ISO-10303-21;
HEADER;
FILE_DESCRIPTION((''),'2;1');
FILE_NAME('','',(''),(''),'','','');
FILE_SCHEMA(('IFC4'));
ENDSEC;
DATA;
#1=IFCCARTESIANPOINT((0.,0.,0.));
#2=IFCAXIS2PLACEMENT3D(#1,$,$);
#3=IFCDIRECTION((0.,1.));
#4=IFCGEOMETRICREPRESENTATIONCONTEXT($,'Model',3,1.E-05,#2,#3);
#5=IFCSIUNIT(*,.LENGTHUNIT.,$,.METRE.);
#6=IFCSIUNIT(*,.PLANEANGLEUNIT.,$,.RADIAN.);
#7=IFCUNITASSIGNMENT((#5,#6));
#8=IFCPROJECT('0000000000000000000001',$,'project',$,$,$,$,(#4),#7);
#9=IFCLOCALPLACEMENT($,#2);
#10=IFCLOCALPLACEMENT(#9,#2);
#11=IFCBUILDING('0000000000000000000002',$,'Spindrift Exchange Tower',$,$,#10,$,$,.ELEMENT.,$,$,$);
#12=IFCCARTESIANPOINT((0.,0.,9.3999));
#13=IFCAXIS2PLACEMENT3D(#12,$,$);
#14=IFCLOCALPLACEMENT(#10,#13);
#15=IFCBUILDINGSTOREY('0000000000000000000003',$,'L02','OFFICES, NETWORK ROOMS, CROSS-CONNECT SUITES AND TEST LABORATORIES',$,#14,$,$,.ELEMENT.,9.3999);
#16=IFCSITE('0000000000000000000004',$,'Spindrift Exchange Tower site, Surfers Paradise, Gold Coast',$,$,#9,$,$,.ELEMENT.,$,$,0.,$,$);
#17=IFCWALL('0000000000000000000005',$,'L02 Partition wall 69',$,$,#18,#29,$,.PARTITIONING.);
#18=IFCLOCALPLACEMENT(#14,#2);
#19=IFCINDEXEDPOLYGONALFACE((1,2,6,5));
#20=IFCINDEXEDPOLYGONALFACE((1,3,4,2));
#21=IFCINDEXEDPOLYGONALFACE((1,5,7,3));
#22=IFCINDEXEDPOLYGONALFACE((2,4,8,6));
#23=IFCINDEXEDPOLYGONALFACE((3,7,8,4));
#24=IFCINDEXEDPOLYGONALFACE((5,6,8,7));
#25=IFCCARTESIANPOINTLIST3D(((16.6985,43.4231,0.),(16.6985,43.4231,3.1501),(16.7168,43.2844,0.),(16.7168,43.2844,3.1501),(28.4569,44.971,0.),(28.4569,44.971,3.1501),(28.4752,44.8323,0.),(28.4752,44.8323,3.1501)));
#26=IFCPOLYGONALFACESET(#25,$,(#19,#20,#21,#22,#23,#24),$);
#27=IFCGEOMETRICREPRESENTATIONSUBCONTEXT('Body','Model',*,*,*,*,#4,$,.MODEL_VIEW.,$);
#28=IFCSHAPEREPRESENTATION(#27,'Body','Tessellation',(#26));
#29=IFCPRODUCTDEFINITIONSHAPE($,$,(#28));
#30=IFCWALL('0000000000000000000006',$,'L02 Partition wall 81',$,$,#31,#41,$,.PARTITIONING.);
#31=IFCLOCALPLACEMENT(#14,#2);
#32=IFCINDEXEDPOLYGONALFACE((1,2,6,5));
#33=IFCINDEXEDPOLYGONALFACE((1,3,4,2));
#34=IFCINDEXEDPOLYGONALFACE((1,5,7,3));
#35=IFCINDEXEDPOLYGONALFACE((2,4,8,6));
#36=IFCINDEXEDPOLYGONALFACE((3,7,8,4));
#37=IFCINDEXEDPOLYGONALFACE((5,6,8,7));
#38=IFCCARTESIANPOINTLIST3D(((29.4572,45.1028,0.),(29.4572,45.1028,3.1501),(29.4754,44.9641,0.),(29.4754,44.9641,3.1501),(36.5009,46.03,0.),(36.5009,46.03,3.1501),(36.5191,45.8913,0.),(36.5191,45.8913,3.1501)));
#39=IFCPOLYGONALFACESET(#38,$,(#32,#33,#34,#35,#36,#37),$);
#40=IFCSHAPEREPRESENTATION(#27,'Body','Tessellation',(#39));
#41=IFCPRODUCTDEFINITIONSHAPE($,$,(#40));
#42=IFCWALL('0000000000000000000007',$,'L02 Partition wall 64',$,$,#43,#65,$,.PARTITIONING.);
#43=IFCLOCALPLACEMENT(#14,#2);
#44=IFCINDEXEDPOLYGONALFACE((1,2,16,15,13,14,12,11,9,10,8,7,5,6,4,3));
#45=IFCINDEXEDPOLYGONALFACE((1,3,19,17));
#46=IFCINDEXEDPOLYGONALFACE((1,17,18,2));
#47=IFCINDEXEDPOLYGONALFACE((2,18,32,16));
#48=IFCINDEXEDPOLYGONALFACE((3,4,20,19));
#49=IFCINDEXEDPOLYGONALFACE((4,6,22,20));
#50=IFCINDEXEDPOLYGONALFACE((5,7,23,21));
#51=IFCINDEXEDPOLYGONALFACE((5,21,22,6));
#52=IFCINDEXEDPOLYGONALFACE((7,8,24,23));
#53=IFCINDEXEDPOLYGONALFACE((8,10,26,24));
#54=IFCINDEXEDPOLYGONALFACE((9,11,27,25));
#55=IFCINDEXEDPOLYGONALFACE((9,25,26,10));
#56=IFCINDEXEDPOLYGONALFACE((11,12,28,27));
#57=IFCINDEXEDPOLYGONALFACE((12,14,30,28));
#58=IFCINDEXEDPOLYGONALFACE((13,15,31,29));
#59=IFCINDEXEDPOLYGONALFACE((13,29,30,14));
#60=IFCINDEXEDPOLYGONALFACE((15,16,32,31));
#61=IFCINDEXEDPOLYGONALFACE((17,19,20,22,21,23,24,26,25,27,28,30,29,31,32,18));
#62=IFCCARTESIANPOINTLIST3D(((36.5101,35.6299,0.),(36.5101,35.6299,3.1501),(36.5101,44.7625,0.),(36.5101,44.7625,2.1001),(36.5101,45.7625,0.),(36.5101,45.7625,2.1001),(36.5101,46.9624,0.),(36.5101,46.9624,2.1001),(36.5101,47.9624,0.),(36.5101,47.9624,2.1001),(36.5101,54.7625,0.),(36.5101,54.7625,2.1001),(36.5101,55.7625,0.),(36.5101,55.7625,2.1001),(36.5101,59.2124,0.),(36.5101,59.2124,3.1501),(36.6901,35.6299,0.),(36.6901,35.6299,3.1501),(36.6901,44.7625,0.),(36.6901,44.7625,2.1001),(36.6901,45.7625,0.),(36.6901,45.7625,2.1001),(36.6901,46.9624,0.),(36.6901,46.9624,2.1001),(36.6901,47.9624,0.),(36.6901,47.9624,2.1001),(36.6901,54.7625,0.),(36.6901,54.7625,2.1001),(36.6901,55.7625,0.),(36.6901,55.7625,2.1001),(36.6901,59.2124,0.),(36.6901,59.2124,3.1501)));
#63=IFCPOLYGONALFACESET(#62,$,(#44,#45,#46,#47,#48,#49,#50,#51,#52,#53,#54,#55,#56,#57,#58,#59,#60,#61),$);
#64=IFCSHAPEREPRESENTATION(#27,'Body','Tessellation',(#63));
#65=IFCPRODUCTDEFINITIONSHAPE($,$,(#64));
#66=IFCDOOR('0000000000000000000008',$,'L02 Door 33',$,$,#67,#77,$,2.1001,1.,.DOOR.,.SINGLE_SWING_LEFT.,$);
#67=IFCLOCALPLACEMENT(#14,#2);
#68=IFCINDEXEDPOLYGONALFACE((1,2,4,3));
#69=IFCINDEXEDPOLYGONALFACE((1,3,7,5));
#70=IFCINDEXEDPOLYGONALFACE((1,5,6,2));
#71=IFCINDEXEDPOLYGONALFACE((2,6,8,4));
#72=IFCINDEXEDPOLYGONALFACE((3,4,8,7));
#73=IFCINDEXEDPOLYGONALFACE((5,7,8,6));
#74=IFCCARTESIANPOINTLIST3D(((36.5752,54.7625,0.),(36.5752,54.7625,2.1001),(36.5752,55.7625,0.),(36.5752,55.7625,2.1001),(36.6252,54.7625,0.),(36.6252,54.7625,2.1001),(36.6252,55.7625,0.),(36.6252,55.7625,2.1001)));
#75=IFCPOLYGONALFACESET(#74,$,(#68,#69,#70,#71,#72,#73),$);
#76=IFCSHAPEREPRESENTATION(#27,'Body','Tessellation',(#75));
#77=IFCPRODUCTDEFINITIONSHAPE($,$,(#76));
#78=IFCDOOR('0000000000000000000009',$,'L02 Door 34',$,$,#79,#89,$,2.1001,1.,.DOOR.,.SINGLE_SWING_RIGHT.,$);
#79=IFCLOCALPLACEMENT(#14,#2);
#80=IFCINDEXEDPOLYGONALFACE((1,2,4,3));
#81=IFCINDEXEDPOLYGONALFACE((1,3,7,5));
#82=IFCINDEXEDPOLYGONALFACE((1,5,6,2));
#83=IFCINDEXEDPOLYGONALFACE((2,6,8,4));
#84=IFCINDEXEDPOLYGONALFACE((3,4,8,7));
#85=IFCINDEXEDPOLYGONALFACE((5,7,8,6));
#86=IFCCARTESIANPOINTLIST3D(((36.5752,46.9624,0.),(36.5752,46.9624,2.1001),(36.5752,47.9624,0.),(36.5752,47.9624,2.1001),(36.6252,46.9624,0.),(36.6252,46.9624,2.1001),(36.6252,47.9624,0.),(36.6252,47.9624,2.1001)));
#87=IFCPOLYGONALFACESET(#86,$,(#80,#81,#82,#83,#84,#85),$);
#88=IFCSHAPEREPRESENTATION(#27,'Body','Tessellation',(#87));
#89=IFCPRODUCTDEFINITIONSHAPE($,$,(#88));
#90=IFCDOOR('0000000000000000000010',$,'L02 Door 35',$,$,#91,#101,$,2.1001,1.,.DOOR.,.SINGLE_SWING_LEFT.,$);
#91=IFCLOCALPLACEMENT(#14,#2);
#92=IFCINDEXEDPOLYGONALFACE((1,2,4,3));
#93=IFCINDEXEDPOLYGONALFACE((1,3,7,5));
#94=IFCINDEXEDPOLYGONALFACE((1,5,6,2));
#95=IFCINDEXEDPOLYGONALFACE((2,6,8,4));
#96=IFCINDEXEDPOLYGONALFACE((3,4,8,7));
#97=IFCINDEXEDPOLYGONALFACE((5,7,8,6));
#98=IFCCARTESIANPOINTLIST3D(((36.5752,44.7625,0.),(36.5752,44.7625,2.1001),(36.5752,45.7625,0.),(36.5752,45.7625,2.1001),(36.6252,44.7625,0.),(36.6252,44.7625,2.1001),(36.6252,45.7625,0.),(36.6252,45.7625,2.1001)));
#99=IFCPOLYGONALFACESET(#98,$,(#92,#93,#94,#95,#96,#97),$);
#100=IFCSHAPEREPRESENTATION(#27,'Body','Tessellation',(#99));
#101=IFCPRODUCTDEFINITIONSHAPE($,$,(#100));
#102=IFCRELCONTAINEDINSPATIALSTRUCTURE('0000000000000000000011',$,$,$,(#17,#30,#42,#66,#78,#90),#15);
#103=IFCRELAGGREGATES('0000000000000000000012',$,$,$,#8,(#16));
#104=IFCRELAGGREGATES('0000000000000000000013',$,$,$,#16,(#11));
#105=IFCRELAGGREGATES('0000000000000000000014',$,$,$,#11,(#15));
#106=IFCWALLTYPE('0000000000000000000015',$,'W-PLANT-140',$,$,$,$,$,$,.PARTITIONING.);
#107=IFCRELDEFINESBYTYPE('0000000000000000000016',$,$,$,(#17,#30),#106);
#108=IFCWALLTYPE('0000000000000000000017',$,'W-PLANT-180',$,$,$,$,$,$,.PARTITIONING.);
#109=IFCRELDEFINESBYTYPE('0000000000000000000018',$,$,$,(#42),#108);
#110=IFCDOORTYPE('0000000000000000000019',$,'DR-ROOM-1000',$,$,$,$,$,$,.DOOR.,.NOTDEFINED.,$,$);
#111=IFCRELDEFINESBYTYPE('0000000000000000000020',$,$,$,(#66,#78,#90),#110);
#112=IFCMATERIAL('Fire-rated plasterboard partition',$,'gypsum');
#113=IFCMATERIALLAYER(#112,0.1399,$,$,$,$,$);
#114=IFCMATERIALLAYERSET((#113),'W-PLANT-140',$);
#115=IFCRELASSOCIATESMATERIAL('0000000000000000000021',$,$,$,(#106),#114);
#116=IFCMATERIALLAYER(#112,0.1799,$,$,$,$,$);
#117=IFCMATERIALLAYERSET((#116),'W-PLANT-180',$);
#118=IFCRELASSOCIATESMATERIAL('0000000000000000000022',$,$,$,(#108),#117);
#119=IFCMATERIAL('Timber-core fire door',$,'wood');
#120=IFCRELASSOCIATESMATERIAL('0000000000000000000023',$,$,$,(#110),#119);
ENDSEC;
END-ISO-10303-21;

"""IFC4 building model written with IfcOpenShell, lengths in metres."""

from ifc_helpers import new_model, si_unit, direction, frame, frame_2d, origin, place, context, subcontext, project, spatial, rectangle, extrude, source, transform, mapped, material, layer, layer_set, type_object, element, fill, save


model = new_model("IFC4")

# Units and contexts
model_context = context("Model", 3, precision=1e-05, world=origin(), true_north=direction((0.0, 1.0)))
body_context = subcontext(model_context, "Body", "Model", "MODEL_VIEW")
ifc_project = project(units=[si_unit("LENGTHUNIT", "METRE"), si_unit("PLANEANGLEUNIT", "RADIAN")], contexts=[model_context])

# Site, building, storey
site_placement = place(None, origin())
site = spatial("IfcSite", under=ifc_project, at=site_placement, Name="Spindrift Exchange Tower site, Surfers Paradise, Gold Coast", CompositionType="ELEMENT", RefElevation=0.0)
building_placement = place(site_placement, origin())
building = spatial("IfcBuilding", under=site, at=building_placement, Name="Spindrift Exchange Tower", CompositionType="ELEMENT")
storey_placement = place(building_placement, frame((0.0, 0.0, 9.3999)))
storey = spatial("IfcBuildingStorey", under=building, at=storey_placement, Name="L02", Description="OFFICES, NETWORK ROOMS, CROSS-CONNECT SUITES AND TEST LABORATORIES", CompositionType="ELEMENT", Elevation=9.3999)

# Shared definitions
ifc_material_1 = material(Name="Fire-rated plasterboard partition", Category="gypsum")

# Walls
ifc_layer_1 = layer(ifc_material_1, 0.1399)
ifc_layer_set_1 = layer_set([ifc_layer_1], Name="W-PLANT-140")
wall_type_1 = type_object("IfcWallType", Name="W-PLANT-140", PredefinedType="PARTITIONING", material=ifc_layer_set_1)
wall_1_placement = place(storey_placement, frame((28.4661, 44.9016, 0.0), z_axis=(0.0, 0.0, 1.0), x_axis=(-0.991447, -0.130513, 0.0)))
element("IfcWall", 1, at=wall_1_placement, inside=storey, type_object=wall_type_1, Name="L02 Partition wall 69", PredefinedType="PARTITIONING", context=body_context, shape_type="SweptSolid", body=[
    extrude(rectangle(XDim=11.8599, YDim=0.1399, at=frame_2d((5.9299, 0.0))), origin(), (0.0, 0.0, 1.0), 3.1501),
])
wall_2_placement = place(storey_placement, frame((36.51, 45.9607, 0.0), z_axis=(0.0, 0.0, 1.0), x_axis=(-0.991446, -0.130516, 0.0)))
element("IfcWall", 2, at=wall_2_placement, inside=storey, type_object=wall_type_1, Name="L02 Partition wall 81", PredefinedType="PARTITIONING", context=body_context, shape_type="SweptSolid", body=[
    extrude(rectangle(XDim=7.1045, YDim=0.1399, at=frame_2d((3.5522, 0.0))), origin(), (0.0, 0.0, 1.0), 3.1501),
])

# Wall, openings, doors
ifc_layer_2 = layer(ifc_material_1, 0.1799)
ifc_layer_set_2 = layer_set([ifc_layer_2], Name="W-PLANT-180")
wall_type_2 = type_object("IfcWallType", Name="W-PLANT-180", PredefinedType="PARTITIONING", material=ifc_layer_set_2)
wall_3_placement = place(storey_placement, frame((36.6001, 35.6299, 0.0), z_axis=(0.0, 0.0, 1.0), x_axis=(0.0, 1.0, 0.0)))
wall_3 = element("IfcWall", 3, at=wall_3_placement, inside=storey, type_object=wall_type_2, Name="L02 Partition wall 64", PredefinedType="PARTITIONING", context=body_context, shape_type="SweptSolid", body=[
    extrude(rectangle(XDim=23.5825, YDim=0.1799, at=frame_2d((11.7913, 0.0))), origin(), (0.0, 0.0, 1.0), 3.1501),
])
opening_1_placement = place(wall_3_placement, frame((19.1326, 0.0, 0.0)))
opening_1 = element("IfcOpeningElement", 4, at=opening_1_placement, cuts=wall_3, PredefinedType="OPENING", context=body_context, shape_type="SweptSolid", body=[
    extrude(rectangle(XDim=1.0, YDim=2.1001, at=frame_2d((0.5, 1.05))), frame((0.0, 0.0999, 0.0), z_axis=(0.0, -1.0, 0.0), x_axis=(1.0, 0.0, 0.0)), (0.0, 0.0, 1.0), 0.2),
])
opening_2_placement = place(wall_3_placement, frame((11.3325, 0.0, 0.0)))
opening_2 = element("IfcOpeningElement", 5, at=opening_2_placement, cuts=wall_3, PredefinedType="OPENING", context=body_context, shape_type="SweptSolid", body=[
    extrude(rectangle(XDim=1.0, YDim=2.1001, at=frame_2d((0.5, 1.05))), frame((0.0, 0.0999, 0.0), z_axis=(0.0, -1.0, 0.0), x_axis=(1.0, 0.0, 0.0)), (0.0, 0.0, 1.0), 0.2),
])
opening_3_placement = place(wall_3_placement, frame((9.1326, 0.0, 0.0)))
opening_3 = element("IfcOpeningElement", 6, at=opening_3_placement, cuts=wall_3, PredefinedType="OPENING", context=body_context, shape_type="SweptSolid", body=[
    extrude(rectangle(XDim=1.0, YDim=2.1001, at=frame_2d((0.5, 1.05))), frame((0.0, 0.0999, 0.0), z_axis=(0.0, -1.0, 0.0), x_axis=(1.0, 0.0, 0.0)), (0.0, 0.0, 1.0), 0.2),
])
ifc_material_2 = material(Name="Timber-core fire door", Category="wood")
door_type_1 = type_object("IfcDoorType", Name="DR-ROOM-1000", OperationType="NOTDEFINED", PredefinedType="DOOR", material=ifc_material_2)
shared_shape_1 = source(origin(), body_context, "Body", "SweptSolid", [
    extrude(rectangle(XDim=1.0, YDim=2.1001, at=frame_2d((0.5, 1.05))), frame((0.0, 0.0249, 0.0), z_axis=(0.0, -1.0, 0.0), x_axis=(1.0, 0.0, 0.0)), (0.0, 0.0, 1.0), 0.05),
])
door_1_placement = place(opening_1_placement, origin())
door_1 = element("IfcDoor", 7, at=door_1_placement, inside=storey, type_object=door_type_1, Name="L02 Door 33", OperationType="SINGLE_SWING_LEFT", OverallHeight=2.1001, OverallWidth=1.0, PredefinedType="DOOR", context=body_context, shape_type="MappedRepresentation", body=[
    mapped(shared_shape_1, transform((0.0, 0.0, 0.0), scale=1.0)),
])
fill(opening_1, door_1)
door_2_placement = place(opening_2_placement, origin())
door_2 = element("IfcDoor", 8, at=door_2_placement, inside=storey, type_object=door_type_1, Name="L02 Door 34", OperationType="SINGLE_SWING_RIGHT", OverallHeight=2.1001, OverallWidth=1.0, PredefinedType="DOOR", context=body_context, shape_type="MappedRepresentation", body=[
    mapped(shared_shape_1, transform((0.0, 0.0, 0.0), scale=1.0)),
])
fill(opening_2, door_2)
door_3_placement = place(opening_3_placement, origin())
door_3 = element("IfcDoor", 9, at=door_3_placement, inside=storey, type_object=door_type_1, Name="L02 Door 35", OperationType="SINGLE_SWING_LEFT", OverallHeight=2.1001, OverallWidth=1.0, PredefinedType="DOOR", context=body_context, shape_type="MappedRepresentation", body=[
    mapped(shared_shape_1, transform((0.0, 0.0, 0.0), scale=1.0)),
])
fill(opening_3, door_3)

save(model, "model.ifc")
